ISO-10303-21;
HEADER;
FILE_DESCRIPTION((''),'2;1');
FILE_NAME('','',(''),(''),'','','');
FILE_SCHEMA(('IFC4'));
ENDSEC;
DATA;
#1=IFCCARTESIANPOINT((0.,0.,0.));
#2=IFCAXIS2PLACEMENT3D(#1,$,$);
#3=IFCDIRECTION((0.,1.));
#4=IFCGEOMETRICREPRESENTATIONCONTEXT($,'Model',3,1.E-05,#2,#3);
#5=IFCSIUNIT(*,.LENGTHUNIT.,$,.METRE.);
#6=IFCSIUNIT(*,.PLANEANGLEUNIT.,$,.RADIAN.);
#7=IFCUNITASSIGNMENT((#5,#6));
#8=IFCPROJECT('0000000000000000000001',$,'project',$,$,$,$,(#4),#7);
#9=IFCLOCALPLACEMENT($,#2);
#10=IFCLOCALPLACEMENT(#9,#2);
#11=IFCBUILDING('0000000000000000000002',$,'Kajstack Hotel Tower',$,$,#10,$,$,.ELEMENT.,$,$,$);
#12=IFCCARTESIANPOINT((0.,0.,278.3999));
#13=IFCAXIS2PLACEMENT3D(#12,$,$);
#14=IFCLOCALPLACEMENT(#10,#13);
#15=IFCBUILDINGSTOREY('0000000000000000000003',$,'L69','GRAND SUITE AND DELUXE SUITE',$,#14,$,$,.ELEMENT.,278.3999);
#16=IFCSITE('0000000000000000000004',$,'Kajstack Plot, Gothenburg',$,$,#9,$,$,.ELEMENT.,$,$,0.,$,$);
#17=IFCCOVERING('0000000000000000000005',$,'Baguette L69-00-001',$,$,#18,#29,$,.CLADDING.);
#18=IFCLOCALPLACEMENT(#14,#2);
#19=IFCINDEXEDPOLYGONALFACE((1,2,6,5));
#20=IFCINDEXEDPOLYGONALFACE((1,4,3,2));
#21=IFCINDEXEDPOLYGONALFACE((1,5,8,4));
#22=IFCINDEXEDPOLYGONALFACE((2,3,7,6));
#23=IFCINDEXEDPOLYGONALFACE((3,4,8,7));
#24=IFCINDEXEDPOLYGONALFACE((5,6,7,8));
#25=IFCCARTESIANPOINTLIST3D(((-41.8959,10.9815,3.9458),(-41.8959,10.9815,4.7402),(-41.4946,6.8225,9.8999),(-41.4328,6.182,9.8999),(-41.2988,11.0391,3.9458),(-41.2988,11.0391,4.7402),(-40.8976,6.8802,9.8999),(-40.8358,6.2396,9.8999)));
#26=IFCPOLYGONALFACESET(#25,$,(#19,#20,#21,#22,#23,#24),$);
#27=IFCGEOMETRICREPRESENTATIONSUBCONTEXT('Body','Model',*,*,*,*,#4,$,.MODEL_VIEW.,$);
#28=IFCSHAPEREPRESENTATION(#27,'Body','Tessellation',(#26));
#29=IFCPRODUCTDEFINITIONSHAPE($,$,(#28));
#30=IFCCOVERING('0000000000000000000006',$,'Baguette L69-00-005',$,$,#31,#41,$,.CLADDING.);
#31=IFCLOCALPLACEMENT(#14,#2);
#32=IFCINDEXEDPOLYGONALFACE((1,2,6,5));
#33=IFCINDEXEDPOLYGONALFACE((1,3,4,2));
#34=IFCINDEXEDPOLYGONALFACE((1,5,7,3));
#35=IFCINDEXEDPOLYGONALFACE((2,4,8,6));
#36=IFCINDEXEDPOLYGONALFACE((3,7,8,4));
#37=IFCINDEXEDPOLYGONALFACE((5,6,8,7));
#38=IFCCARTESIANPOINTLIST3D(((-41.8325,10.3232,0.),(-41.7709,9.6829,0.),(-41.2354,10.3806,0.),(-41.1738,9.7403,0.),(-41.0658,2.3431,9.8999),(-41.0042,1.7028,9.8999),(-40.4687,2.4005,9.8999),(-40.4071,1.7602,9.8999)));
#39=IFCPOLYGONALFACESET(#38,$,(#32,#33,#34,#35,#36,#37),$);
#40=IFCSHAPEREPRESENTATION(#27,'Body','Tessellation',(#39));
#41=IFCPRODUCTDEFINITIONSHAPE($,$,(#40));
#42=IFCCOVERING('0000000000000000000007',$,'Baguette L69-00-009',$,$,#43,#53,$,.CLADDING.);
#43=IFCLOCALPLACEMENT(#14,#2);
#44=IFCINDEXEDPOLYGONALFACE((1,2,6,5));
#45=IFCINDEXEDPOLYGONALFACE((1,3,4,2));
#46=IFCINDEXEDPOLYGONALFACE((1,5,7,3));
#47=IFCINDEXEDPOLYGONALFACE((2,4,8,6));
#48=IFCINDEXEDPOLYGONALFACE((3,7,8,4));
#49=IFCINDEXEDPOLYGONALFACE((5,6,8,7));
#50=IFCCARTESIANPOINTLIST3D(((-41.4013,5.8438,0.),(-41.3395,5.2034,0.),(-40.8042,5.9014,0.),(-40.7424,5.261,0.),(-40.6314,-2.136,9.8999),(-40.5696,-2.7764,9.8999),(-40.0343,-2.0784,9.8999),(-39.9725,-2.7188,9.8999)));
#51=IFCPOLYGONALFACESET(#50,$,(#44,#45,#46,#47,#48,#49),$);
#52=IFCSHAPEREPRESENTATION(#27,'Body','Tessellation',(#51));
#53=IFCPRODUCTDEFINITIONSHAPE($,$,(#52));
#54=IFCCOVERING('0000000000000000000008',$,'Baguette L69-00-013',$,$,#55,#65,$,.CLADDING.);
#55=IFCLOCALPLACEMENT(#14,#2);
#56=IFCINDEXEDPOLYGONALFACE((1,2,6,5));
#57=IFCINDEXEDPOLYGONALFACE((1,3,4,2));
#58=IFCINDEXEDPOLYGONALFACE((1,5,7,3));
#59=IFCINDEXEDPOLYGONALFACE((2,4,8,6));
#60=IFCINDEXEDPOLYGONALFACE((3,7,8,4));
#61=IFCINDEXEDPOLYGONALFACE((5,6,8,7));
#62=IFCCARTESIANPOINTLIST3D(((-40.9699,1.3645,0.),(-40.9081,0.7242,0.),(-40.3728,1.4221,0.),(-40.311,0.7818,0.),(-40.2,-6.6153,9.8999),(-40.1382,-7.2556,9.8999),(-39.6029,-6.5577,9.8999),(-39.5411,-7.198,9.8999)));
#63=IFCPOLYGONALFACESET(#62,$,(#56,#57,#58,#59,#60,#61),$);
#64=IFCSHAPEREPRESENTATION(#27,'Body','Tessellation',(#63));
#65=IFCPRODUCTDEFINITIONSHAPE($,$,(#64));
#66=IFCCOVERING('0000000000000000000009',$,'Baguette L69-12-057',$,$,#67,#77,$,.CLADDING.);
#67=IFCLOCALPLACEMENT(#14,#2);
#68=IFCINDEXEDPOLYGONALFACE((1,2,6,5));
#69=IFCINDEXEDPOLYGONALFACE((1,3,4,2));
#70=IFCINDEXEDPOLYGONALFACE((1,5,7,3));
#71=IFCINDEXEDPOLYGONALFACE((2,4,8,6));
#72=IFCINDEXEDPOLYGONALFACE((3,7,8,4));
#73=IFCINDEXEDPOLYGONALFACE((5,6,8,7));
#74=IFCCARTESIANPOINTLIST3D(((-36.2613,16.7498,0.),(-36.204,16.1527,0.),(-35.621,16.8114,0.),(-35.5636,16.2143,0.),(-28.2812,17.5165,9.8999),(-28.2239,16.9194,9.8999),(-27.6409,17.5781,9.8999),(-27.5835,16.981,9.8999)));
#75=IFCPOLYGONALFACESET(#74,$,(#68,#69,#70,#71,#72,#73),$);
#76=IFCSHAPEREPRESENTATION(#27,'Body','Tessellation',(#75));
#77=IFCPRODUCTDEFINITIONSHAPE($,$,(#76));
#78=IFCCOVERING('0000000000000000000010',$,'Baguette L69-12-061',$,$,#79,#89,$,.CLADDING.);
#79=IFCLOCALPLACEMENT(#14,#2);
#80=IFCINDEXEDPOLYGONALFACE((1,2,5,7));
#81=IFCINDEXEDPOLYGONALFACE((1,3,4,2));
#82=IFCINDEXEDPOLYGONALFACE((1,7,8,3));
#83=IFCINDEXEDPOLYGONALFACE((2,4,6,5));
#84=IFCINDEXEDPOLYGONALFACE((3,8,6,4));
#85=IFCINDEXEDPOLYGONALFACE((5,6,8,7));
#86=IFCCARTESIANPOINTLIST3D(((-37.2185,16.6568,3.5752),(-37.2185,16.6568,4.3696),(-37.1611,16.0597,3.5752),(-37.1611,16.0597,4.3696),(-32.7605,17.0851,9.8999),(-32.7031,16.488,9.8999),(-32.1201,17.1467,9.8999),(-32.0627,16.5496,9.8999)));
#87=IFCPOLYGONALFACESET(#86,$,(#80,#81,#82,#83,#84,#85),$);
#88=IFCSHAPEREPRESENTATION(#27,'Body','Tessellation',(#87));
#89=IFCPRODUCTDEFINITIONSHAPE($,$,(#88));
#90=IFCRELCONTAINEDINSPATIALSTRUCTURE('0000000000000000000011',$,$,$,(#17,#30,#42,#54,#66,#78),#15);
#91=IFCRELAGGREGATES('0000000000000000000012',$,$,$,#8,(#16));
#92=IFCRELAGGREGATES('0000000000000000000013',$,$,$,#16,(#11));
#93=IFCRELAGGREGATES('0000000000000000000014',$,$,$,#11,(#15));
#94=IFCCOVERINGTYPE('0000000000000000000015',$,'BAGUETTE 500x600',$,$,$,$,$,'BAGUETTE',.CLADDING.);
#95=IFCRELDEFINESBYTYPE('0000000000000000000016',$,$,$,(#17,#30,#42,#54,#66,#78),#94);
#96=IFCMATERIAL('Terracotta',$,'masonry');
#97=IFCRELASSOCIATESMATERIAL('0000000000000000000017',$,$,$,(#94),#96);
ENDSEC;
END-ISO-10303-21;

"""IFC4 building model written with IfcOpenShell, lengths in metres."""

from ifc_helpers import new_model, si_unit, direction, frame, origin, origin_2d, place, context, subcontext, project, spatial, polyline, rectangle, outline, extrude, material, material_profile, profile_set, type_object, element, save


model = new_model("IFC4")

# Units and contexts
model_context = context("Model", 3, precision=1e-05, world=origin(), true_north=direction((0.0, 1.0)))
body_context = subcontext(model_context, "Body", "Model", "MODEL_VIEW")
ifc_project = project(units=[si_unit("LENGTHUNIT", "METRE"), si_unit("PLANEANGLEUNIT", "RADIAN")], contexts=[model_context])

# Site, building, storey
site_placement = place(None, origin())
site = spatial("IfcSite", under=ifc_project, at=site_placement, Name="Kajstack Plot, Gothenburg", CompositionType="ELEMENT", RefElevation=0.0)
building_placement = place(site_placement, origin())
building = spatial("IfcBuilding", under=site, at=building_placement, Name="Kajstack Hotel Tower", CompositionType="ELEMENT")
storey_placement = place(building_placement, frame((0.0, 0.0, 278.3999)))
storey = spatial("IfcBuildingStorey", under=building, at=storey_placement, Name="L69", Description="GRAND SUITE AND DELUXE SUITE", CompositionType="ELEMENT", Elevation=278.3999)

# Coverings
ifc_material_1 = material(Name="Terracotta", Category="masonry")
ifc_material_profile = material_profile(ifc_material_1, rectangle(XDim=0.6001, YDim=0.5, at=origin_2d()), Name="Terracotta-clad concrete baguette 500 x 600")
ifc_profile_set = profile_set([ifc_material_profile], Name="Terracotta")
covering_type = type_object("IfcCoveringType", Name="BAGUETTE 500x600", ElementType="BAGUETTE", PredefinedType="CLADDING", material=ifc_profile_set)
covering_1_placement = place(storey_placement, frame((-41.2988, 11.0391, 0.0), z_axis=(-0.995378, -0.096038, 0.0), x_axis=(0.096038, -0.995378, 0.0)))
element("IfcCovering", 1, at=covering_1_placement, inside=storey, type_object=covering_type, Name="Baguette L69-00-001", PredefinedType="CLADDING", context=body_context, shape_type="SweptSolid", body=[
    extrude(outline(polyline([(4.1782, 9.8999), (0.0, 4.7402), (0.0, 3.9458), (4.8218, 9.8999), (4.1782, 9.8999)])), origin(), (0.0, 0.0, 1.0), 0.5999),
])
for number, where, z_axis, x_axis, name in (
    (2, (-41.2354, 10.3806, 0.0), (-0.995416, -0.095635, 0.0), (0.095635, -0.995416, 0.0), "Baguette L69-00-005"),
    (3, (-40.8042, 5.9014, 0.0), (-0.995378, -0.096038, 0.0), (0.096038, -0.995378, 0.0), "Baguette L69-00-009"),
    (4, (-40.3728, 1.4221, 0.0), (-0.995378, -0.096038, 0.0), (0.096038, -0.995378, 0.0), "Baguette L69-00-013"),
):
    element("IfcCovering", number, at=place(storey_placement, frame(where, z_axis=z_axis, x_axis=x_axis)), inside=storey, type_object=covering_type, Name=name, PredefinedType="CLADDING", context=body_context, shape_type="SweptSolid", body=[
        extrude(outline(polyline([(8.0168, 9.8999), (0.0, 0.0), (0.6433, 0.0), (8.6602, 9.8999), (8.0168, 9.8999)])), origin(), (0.0, 0.0, 1.0), 0.5999),
    ])
covering_2_placement = place(storey_placement, frame((-27.5835, 16.981, 0.0), z_axis=(-0.095635, 0.995416, 0.0), x_axis=(-0.995416, -0.095635, 0.0)))
element("IfcCovering", 5, at=covering_2_placement, inside=storey, type_object=covering_type, Name="Baguette L69-12-057", PredefinedType="CLADDING", context=body_context, shape_type="SweptSolid", body=[
    extrude(outline(polyline([(0.0, 9.8999), (8.0168, 0.0), (8.6602, 0.0), (0.6433, 9.8999), (0.0, 9.8999)])), origin(), (0.0, 0.0, 1.0), 0.5999),
])
covering_3_placement = place(storey_placement, frame((-32.0627, 16.5496, 0.0), z_axis=(-0.095635, 0.995416, 0.0), x_axis=(-0.995416, -0.095635, 0.0)))
element("IfcCovering", 6, at=covering_3_placement, inside=storey, type_object=covering_type, Name="Baguette L69-12-061", PredefinedType="CLADDING", context=body_context, shape_type="SweptSolid", body=[
    extrude(outline(polyline([(0.0, 9.8999), (5.1218, 3.5752), (5.1218, 4.3696), (0.6433, 9.8999), (0.0, 9.8999)])), origin(), (0.0, 0.0, 1.0), 0.5999),
])

save(model, "model.ifc")
